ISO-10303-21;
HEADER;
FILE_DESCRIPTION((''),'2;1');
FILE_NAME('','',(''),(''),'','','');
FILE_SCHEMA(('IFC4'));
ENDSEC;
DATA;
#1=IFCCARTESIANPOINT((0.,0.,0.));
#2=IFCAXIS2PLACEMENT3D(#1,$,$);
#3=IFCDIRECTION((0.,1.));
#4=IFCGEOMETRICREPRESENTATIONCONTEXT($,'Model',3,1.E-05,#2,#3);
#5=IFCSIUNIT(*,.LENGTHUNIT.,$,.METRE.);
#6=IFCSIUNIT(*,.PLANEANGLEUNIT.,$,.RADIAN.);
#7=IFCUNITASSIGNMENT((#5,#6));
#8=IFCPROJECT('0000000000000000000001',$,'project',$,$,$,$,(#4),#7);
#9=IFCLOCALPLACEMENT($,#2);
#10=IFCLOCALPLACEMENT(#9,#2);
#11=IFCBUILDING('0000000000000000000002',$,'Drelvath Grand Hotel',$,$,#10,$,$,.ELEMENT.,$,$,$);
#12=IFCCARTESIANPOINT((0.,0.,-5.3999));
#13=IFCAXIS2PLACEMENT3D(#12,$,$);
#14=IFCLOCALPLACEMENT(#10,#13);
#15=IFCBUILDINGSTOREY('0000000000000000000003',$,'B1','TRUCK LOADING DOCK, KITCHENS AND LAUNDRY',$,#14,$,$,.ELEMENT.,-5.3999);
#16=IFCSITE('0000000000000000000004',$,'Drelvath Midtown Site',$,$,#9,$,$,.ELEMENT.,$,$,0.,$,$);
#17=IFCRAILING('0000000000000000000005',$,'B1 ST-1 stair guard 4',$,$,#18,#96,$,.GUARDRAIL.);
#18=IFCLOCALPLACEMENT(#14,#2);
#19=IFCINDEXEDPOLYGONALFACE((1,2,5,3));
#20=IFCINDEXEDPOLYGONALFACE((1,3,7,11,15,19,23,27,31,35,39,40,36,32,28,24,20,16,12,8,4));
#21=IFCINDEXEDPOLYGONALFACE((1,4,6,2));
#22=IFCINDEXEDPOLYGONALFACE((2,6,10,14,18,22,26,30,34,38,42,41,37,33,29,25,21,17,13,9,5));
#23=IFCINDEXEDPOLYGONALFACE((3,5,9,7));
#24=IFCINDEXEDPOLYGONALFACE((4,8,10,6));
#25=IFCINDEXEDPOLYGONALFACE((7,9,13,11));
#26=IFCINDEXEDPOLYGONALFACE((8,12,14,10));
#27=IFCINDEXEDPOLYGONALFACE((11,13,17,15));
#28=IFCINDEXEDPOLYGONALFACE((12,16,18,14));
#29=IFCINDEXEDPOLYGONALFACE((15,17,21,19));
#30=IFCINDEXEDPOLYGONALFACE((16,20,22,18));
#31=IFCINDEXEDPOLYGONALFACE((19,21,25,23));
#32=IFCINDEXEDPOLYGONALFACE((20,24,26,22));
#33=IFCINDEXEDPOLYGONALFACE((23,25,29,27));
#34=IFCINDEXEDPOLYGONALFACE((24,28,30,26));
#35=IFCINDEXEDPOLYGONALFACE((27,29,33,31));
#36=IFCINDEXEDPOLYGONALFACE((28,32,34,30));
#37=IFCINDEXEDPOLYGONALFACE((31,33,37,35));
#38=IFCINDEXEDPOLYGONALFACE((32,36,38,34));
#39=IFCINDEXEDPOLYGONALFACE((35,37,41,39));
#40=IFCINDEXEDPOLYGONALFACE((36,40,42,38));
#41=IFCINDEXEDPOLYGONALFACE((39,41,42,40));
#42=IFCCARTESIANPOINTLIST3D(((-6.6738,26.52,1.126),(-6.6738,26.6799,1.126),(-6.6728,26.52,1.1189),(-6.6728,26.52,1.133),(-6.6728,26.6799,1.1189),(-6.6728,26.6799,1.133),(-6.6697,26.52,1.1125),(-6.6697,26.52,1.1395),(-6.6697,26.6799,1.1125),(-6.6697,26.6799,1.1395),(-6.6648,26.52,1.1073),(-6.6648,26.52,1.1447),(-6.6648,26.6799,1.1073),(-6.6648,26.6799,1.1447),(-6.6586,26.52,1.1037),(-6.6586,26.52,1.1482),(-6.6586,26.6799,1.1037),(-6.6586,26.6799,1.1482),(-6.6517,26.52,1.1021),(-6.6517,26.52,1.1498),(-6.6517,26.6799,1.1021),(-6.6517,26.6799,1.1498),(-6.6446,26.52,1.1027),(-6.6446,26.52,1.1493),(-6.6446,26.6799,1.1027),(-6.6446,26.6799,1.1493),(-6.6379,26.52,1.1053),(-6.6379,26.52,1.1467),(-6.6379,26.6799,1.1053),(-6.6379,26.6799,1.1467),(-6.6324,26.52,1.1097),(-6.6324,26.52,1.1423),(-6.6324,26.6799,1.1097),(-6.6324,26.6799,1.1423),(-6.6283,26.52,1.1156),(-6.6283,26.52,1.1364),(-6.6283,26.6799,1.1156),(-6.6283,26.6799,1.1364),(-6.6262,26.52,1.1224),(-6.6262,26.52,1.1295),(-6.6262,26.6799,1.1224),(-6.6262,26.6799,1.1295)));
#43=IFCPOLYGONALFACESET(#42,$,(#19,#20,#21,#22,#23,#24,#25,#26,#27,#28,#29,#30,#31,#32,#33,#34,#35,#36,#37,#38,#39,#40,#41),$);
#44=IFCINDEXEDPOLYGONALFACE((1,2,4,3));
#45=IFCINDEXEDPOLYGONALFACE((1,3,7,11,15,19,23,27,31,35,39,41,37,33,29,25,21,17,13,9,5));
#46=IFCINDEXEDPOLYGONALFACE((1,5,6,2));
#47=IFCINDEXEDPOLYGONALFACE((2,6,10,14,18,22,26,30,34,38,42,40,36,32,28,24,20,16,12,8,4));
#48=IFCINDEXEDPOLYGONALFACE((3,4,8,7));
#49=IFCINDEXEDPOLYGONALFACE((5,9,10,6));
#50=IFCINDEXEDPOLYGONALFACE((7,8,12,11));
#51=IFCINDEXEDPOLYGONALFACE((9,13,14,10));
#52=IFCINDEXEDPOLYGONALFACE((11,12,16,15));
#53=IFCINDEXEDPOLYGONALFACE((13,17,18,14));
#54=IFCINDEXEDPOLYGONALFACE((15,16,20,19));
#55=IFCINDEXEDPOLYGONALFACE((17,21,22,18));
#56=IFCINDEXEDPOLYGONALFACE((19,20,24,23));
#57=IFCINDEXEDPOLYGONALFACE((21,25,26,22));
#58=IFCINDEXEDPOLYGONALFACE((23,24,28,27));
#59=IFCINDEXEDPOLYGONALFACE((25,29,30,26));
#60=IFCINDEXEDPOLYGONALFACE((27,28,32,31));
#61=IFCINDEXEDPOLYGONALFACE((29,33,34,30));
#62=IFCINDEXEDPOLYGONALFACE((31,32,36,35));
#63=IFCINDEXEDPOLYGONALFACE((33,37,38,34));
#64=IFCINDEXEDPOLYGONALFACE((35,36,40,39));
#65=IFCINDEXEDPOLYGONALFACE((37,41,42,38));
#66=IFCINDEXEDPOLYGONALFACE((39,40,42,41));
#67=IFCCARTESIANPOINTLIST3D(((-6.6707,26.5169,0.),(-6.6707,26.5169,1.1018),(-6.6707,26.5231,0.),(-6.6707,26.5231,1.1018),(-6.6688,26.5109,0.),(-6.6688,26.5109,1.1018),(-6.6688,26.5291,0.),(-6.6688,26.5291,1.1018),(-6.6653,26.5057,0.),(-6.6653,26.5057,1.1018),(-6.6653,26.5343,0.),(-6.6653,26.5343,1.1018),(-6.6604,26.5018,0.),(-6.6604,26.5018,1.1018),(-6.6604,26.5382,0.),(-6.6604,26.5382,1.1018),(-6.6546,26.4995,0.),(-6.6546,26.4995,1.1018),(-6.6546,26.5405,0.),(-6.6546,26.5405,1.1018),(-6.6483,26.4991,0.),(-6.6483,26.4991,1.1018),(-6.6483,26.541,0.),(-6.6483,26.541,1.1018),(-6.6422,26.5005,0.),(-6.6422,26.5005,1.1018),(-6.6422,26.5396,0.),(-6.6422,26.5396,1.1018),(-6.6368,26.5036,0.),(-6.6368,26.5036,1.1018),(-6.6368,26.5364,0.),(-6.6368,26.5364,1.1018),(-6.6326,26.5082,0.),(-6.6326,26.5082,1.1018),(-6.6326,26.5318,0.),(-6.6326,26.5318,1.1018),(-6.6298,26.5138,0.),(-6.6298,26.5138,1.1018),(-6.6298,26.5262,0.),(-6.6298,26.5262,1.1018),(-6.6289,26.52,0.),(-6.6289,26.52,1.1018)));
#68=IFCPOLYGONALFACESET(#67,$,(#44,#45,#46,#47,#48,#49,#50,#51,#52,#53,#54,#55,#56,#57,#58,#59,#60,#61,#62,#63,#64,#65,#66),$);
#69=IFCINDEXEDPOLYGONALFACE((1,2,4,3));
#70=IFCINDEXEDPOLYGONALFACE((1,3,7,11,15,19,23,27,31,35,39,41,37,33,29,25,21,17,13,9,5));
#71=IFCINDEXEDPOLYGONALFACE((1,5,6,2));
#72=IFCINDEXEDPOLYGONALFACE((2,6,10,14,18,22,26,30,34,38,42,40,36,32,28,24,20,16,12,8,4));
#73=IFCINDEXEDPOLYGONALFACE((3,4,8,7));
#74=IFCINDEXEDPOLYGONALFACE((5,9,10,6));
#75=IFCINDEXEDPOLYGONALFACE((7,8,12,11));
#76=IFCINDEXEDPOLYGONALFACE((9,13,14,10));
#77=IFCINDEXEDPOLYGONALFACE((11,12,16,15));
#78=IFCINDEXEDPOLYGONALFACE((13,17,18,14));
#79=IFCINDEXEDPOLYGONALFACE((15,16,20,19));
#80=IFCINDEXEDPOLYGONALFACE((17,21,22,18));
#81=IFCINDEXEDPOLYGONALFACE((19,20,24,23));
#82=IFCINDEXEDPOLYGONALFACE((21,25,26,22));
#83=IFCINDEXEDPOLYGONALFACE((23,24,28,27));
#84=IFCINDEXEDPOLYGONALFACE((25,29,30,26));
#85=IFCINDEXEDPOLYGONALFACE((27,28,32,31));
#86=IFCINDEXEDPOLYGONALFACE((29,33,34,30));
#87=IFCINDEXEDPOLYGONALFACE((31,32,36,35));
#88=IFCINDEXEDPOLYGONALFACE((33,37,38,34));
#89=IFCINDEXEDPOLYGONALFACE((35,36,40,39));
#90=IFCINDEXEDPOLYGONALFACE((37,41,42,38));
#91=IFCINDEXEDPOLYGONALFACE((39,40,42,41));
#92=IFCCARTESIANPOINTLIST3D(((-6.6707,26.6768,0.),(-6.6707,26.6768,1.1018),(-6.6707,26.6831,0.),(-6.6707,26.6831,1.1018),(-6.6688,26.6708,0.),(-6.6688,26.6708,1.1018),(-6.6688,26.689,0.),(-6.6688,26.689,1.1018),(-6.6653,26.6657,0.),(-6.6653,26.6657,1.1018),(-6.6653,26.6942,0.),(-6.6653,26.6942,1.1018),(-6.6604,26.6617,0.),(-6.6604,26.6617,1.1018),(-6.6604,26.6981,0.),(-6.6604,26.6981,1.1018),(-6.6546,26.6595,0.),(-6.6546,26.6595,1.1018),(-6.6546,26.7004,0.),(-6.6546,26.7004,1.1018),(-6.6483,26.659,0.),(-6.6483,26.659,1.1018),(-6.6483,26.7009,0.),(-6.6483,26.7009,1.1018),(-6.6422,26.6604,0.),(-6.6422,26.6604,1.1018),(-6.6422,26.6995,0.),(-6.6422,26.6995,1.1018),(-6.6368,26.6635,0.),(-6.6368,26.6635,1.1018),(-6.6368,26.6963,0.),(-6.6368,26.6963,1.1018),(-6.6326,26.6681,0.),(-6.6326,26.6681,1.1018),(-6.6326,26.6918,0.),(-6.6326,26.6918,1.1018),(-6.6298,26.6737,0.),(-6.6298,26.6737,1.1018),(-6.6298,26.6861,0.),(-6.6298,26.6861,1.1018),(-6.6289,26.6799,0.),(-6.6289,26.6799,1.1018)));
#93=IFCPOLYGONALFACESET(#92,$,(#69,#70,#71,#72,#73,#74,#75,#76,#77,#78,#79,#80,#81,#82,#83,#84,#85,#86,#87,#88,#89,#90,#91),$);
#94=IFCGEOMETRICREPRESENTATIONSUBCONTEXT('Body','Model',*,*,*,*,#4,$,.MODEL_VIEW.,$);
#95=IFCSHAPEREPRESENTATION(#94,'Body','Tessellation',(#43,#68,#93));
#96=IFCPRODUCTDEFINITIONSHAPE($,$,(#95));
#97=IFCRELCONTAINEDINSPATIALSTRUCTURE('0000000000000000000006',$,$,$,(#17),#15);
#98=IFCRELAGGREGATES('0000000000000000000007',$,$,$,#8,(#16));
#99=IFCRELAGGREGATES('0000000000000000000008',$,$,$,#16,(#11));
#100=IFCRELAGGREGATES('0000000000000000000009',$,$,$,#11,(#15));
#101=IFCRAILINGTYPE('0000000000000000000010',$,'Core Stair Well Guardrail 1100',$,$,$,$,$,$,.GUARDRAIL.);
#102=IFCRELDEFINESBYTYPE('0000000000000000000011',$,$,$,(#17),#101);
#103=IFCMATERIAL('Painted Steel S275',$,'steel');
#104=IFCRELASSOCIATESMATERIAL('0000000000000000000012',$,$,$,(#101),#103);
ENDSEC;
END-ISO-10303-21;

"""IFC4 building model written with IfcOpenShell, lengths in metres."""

from ifc_helpers import new_model, si_unit, direction, frame, origin, origin_2d, place, context, subcontext, project, spatial, circle, extrude, material, type_object, element, save


model = new_model("IFC4")

# Units and contexts
model_context = context("Model", 3, precision=1e-05, world=origin(), true_north=direction((0.0, 1.0)))
body_context = subcontext(model_context, "Body", "Model", "MODEL_VIEW")
ifc_project = project(units=[si_unit("LENGTHUNIT", "METRE"), si_unit("PLANEANGLEUNIT", "RADIAN")], contexts=[model_context])

# Site, building, storey
site_placement = place(None, origin())
site = spatial("IfcSite", under=ifc_project, at=site_placement, Name="Drelvath Midtown Site", CompositionType="ELEMENT", RefElevation=0.0)
building_placement = place(site_placement, origin())
building = spatial("IfcBuilding", under=site, at=building_placement, Name="Drelvath Grand Hotel", CompositionType="ELEMENT")
storey_placement = place(building_placement, frame((0.0, 0.0, -5.3999)))
storey = spatial("IfcBuildingStorey", under=building, at=storey_placement, Name="B1", Description="TRUCK LOADING DOCK, KITCHENS AND LAUNDRY", CompositionType="ELEMENT", Elevation=-5.3999)

# Shared definitions
ifc_material_1 = material(Name="Painted Steel S275", Category="steel")

# Railing
railing_type_1 = type_object("IfcRailingType", Name="Core Stair Well Guardrail 1100", PredefinedType="GUARDRAIL", material=ifc_material_1)
railing_1_placement = place(storey_placement, frame((-6.6499, 26.52, 0.0)))
element("IfcRailing", 1, at=railing_1_placement, inside=storey, type_object=railing_type_1, Name="B1 ST-1 stair guard 4", PredefinedType="GUARDRAIL", context=body_context, shape_type="SweptSolid", body=[
    extrude(circle(Radius=0.0239, at=origin_2d()), frame((0.0, 0.0, 1.126), z_axis=(0.0, 1.0, 0.0), x_axis=(-1.0, 0.0, 0.0)), (0.0, 0.0, 1.0), 0.1599),
    extrude(circle(Radius=0.021, at=origin_2d()), origin(), (0.0, 0.0, 1.0), 1.1018),
    extrude(circle(Radius=0.021, at=origin_2d()), frame((0.0, 0.1599, 0.0)), (0.0, 0.0, 1.0), 1.1018),
])

save(model, "model.ifc")
